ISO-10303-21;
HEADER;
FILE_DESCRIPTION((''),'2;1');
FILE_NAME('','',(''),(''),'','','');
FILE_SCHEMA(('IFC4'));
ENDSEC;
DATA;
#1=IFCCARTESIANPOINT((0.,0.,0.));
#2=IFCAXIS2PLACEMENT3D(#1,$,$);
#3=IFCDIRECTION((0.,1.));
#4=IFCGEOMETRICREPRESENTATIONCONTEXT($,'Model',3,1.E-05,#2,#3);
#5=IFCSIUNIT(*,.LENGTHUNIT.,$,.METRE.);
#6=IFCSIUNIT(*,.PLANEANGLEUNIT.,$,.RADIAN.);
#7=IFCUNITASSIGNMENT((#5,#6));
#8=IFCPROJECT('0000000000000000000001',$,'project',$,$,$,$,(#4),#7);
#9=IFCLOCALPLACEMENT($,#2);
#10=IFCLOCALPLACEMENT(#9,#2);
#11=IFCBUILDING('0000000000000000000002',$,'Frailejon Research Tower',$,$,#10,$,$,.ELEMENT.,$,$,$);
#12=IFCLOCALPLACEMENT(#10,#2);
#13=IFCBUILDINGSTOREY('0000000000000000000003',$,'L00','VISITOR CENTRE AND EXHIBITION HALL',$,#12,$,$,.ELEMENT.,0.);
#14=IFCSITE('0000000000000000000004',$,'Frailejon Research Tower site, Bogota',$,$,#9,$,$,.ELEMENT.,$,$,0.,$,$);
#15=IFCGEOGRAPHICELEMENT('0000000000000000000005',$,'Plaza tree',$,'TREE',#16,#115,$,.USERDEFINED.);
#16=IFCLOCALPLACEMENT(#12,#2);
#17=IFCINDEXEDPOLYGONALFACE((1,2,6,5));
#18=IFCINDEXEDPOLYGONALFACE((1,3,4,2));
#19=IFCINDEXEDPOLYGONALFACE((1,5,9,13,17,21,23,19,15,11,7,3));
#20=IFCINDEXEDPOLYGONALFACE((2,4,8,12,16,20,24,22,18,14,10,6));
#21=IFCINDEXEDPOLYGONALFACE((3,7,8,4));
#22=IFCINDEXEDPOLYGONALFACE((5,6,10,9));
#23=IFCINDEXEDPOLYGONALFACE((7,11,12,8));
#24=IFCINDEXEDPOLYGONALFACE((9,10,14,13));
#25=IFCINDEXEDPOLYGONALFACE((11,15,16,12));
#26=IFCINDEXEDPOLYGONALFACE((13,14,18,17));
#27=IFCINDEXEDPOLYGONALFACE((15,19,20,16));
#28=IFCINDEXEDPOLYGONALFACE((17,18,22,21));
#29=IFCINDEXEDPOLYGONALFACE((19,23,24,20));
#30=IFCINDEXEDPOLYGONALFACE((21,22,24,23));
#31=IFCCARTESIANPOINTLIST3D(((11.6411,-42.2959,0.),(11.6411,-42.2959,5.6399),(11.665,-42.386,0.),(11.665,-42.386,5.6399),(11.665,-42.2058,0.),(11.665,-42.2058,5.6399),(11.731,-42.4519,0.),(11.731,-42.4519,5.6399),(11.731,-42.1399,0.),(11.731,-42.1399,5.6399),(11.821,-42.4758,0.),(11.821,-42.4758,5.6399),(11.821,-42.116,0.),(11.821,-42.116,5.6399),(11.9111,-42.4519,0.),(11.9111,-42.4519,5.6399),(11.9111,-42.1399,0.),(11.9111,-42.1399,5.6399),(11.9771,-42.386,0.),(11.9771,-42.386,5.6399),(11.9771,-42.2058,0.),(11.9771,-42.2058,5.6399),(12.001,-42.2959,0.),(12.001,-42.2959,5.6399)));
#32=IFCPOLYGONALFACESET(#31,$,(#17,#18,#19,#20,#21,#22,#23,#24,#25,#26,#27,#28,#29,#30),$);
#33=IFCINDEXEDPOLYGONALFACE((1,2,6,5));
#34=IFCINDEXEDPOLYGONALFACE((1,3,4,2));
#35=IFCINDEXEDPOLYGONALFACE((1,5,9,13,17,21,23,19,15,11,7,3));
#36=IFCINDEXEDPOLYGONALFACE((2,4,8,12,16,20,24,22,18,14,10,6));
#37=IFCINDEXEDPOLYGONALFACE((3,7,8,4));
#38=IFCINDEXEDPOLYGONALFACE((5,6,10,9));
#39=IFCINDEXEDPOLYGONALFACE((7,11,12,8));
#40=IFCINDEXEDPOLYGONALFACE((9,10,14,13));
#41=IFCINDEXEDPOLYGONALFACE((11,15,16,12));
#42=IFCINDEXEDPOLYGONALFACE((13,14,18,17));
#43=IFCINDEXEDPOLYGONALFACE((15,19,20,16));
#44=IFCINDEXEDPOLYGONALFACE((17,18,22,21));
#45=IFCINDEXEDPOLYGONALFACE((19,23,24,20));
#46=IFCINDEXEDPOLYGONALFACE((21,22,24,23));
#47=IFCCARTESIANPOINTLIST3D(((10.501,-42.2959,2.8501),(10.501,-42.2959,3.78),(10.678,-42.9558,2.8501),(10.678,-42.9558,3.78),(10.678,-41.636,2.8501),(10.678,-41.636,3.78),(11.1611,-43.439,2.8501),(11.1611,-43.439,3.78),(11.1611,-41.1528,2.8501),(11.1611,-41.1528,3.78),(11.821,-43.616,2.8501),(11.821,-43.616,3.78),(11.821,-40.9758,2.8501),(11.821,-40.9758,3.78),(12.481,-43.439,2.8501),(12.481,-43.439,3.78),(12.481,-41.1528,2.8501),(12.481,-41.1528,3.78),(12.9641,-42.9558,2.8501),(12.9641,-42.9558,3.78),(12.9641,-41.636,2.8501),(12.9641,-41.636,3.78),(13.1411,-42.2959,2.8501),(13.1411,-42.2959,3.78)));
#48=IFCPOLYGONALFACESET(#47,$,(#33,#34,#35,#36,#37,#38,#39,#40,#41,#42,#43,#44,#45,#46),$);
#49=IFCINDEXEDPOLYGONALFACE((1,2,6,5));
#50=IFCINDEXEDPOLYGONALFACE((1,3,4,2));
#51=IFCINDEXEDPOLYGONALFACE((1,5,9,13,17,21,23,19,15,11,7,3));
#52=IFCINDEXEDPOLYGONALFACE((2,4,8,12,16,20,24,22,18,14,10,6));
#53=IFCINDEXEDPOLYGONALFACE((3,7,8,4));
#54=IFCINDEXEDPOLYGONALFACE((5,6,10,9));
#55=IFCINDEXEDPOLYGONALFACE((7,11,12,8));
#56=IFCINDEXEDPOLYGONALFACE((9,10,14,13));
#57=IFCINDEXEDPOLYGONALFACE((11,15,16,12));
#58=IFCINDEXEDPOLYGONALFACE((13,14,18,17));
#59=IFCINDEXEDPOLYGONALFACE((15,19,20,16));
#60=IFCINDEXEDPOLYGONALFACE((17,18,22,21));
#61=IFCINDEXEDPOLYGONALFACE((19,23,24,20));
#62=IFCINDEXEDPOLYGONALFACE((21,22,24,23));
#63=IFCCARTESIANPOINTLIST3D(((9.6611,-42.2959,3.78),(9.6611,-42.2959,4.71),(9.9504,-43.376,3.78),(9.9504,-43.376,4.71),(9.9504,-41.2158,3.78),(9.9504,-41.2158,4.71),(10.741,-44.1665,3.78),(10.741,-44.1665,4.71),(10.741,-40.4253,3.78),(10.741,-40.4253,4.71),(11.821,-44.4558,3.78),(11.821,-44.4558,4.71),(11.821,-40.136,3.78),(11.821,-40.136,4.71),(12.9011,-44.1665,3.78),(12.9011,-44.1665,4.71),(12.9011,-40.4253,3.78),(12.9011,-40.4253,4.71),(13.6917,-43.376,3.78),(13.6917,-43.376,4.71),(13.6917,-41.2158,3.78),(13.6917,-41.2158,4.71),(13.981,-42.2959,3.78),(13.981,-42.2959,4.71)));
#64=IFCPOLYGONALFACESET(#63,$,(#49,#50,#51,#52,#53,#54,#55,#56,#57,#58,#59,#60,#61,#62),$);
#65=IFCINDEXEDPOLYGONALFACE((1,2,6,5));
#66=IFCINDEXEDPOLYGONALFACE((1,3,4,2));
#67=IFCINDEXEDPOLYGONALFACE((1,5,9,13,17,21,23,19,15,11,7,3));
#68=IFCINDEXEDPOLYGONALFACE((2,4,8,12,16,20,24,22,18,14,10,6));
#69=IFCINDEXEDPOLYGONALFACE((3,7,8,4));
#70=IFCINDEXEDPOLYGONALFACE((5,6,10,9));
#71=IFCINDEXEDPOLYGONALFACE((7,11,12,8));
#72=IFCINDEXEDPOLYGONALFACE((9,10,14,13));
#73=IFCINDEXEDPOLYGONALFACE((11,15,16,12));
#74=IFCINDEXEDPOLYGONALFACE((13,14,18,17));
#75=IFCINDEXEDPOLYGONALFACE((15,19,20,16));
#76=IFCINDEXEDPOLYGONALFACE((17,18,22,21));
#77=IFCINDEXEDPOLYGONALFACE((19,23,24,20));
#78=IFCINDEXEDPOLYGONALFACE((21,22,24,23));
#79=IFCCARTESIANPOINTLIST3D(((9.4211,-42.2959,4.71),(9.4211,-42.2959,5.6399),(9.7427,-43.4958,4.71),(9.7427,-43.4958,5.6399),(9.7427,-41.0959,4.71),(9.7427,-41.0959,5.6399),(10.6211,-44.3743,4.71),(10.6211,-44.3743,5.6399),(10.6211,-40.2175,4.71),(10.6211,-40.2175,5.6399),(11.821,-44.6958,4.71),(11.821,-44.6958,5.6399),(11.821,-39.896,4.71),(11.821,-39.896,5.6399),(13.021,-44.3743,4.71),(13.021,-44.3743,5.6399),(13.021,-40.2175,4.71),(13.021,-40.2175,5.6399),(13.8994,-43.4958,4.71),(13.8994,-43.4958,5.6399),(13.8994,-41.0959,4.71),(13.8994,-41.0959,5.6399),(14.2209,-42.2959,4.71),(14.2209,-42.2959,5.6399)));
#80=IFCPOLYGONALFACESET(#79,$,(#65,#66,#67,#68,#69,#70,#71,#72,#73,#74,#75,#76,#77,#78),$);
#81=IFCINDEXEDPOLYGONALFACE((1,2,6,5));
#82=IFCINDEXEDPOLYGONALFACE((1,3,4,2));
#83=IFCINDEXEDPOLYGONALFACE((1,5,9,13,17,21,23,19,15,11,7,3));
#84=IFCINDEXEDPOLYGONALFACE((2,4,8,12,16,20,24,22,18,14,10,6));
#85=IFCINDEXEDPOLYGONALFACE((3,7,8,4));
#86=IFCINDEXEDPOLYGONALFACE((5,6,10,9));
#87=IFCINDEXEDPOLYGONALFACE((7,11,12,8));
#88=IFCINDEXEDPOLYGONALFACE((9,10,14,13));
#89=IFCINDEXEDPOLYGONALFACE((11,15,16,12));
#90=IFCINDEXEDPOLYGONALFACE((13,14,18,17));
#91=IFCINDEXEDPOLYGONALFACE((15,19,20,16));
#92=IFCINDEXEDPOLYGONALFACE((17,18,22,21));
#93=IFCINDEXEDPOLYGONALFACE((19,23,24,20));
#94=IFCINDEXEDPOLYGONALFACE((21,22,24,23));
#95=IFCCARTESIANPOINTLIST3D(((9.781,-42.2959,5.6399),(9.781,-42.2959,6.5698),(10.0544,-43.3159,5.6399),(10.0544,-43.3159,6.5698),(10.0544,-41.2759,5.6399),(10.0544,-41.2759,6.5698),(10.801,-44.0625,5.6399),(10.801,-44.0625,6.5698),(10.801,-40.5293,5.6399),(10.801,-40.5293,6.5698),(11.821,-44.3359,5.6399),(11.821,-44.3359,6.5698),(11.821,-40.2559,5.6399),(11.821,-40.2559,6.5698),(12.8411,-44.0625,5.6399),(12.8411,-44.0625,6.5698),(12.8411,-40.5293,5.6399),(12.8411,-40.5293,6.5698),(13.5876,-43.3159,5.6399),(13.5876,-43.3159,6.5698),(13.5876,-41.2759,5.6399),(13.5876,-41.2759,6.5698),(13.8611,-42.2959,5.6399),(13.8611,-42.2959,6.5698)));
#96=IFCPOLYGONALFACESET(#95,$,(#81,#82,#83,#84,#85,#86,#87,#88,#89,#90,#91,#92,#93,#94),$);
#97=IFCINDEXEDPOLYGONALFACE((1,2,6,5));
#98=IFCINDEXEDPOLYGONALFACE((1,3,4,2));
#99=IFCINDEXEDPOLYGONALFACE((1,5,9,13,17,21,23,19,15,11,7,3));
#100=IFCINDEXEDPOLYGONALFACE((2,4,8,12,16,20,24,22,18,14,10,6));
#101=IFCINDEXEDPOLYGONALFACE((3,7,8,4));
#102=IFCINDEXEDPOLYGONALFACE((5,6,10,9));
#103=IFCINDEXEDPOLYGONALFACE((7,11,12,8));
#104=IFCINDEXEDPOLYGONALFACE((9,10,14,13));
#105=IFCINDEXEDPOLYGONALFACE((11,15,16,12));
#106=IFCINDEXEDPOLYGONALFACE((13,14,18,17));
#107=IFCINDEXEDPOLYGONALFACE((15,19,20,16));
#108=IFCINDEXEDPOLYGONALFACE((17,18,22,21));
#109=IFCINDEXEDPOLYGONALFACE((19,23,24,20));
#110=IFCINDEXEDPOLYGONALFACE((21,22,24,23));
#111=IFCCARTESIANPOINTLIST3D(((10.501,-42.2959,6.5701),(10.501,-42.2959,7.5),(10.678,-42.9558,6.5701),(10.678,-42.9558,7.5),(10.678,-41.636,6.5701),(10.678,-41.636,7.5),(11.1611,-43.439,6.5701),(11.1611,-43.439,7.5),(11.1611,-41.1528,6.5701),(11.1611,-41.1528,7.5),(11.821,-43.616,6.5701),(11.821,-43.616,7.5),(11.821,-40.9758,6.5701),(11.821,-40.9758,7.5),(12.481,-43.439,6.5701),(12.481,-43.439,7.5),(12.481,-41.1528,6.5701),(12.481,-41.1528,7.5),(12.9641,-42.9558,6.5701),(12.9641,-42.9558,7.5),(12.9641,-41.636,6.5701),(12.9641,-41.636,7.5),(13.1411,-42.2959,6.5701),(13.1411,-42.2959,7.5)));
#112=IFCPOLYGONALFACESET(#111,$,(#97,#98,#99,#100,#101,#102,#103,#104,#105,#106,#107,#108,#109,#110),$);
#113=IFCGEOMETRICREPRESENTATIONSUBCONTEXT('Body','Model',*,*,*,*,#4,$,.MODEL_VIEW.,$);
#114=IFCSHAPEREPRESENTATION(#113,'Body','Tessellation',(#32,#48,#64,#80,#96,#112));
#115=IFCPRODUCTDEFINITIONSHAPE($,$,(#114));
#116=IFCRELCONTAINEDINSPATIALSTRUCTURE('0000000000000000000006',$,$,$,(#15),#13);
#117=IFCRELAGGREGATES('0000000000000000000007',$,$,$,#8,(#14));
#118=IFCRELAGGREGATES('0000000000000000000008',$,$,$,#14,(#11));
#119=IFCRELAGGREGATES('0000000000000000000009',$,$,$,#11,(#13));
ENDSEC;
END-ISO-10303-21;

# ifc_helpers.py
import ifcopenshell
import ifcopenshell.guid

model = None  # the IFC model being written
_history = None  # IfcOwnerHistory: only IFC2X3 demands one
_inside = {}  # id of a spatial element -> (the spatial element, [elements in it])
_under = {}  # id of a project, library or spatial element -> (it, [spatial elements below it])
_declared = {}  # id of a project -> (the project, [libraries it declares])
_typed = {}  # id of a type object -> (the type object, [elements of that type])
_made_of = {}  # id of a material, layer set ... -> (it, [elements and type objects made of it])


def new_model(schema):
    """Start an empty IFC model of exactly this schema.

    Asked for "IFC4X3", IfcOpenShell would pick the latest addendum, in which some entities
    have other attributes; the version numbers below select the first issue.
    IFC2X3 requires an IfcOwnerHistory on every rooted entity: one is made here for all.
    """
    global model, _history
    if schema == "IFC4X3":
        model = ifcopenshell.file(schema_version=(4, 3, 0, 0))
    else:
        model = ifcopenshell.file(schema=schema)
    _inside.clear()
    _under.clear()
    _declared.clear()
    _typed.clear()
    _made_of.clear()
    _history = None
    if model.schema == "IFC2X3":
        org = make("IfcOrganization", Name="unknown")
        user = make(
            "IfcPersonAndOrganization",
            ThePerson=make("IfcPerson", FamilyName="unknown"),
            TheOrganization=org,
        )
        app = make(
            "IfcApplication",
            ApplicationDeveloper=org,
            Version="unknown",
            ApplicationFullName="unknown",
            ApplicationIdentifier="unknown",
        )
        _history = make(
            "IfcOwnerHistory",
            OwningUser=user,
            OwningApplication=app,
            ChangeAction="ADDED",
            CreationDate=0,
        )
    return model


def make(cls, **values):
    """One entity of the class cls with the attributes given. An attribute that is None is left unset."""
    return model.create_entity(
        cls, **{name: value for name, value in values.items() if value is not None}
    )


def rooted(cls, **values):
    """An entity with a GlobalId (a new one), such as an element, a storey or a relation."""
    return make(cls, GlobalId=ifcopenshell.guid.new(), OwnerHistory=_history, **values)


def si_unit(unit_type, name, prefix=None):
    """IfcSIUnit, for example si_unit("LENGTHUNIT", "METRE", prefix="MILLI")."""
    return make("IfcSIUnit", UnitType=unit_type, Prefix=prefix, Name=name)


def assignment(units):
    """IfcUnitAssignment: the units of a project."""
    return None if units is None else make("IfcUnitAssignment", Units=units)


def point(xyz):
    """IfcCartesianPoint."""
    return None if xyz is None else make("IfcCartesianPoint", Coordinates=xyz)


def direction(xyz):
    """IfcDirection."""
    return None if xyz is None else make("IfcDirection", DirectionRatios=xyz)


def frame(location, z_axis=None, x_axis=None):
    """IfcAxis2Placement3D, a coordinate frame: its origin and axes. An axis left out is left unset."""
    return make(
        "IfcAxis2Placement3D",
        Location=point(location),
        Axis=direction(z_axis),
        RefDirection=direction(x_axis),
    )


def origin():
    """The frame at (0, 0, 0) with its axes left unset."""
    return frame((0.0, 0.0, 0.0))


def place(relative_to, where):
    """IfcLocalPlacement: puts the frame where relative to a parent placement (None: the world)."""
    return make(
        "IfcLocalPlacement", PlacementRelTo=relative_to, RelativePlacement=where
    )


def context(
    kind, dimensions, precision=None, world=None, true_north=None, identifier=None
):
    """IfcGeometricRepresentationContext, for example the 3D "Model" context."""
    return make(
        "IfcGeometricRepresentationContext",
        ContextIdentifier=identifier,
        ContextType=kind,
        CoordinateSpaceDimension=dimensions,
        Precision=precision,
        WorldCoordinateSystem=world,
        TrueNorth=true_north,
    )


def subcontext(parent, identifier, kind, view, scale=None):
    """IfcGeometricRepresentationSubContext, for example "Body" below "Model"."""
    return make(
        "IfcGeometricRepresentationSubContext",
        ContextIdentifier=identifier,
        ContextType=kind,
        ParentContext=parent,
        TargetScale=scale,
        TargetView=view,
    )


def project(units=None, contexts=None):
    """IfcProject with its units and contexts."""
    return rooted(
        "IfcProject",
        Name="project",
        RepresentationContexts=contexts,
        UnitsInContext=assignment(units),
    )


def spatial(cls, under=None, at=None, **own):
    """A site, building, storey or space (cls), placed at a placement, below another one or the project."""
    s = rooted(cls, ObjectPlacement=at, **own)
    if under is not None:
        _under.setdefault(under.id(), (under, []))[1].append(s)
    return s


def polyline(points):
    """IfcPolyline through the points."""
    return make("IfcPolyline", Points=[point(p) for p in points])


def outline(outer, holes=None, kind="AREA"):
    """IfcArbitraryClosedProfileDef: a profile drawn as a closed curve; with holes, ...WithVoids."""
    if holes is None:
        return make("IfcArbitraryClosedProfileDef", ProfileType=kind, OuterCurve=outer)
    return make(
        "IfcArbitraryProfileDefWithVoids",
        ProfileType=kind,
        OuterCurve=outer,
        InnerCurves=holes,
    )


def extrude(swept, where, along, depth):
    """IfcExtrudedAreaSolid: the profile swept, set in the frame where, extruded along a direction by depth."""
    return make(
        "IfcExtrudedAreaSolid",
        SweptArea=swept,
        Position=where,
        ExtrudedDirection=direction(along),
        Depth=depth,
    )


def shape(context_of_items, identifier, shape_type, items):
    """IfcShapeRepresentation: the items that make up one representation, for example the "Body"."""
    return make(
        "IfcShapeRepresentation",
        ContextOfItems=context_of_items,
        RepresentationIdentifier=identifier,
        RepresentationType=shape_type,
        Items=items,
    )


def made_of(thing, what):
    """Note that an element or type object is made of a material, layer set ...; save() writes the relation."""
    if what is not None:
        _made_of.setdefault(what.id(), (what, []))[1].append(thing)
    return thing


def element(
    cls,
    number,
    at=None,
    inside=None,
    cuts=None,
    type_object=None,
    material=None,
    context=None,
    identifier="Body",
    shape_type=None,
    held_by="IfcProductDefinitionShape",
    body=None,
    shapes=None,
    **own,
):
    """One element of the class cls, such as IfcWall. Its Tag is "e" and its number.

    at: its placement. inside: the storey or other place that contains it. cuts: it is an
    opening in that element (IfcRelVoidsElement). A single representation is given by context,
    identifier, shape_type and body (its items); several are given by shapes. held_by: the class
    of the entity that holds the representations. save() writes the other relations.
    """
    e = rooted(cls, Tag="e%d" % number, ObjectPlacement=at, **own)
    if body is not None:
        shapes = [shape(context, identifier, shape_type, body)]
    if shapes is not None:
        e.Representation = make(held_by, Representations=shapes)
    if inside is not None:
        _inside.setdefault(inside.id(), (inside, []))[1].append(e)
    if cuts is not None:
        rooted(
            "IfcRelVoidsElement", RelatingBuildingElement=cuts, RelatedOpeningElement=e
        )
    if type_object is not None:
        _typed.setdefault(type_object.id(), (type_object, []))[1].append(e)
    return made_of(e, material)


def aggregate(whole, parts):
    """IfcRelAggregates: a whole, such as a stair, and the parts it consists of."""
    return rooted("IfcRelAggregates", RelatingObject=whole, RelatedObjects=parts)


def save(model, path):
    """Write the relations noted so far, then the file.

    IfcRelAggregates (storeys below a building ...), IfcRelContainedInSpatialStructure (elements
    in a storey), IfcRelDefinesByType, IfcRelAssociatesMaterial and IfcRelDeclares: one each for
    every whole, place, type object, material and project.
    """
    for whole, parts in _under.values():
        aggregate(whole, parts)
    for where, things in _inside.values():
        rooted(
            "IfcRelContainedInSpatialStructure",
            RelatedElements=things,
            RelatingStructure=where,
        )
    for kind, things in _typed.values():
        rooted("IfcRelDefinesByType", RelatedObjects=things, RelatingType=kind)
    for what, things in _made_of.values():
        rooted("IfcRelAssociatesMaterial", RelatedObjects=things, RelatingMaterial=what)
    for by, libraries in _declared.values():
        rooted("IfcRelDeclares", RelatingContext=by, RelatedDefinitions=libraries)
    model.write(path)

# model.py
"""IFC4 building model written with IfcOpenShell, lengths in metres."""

from ifc_helpers import new_model, si_unit, direction, frame, origin, place, context, subcontext, project, spatial, polyline, outline, extrude, element, save


model = new_model("IFC4")

# Units and contexts
model_context = context("Model", 3, precision=1e-05, world=origin(), true_north=direction((0.0, 1.0)))
body_context = subcontext(model_context, "Body", "Model", "MODEL_VIEW")
ifc_project = project(units=[si_unit("LENGTHUNIT", "METRE"), si_unit("PLANEANGLEUNIT", "RADIAN")], contexts=[model_context])

# Site, building, storey
site_placement = place(None, origin())
site = spatial("IfcSite", under=ifc_project, at=site_placement, Name="Frailejon Research Tower site, Bogota", CompositionType="ELEMENT", RefElevation=0.0)
building_placement = place(site_placement, origin())
building = spatial("IfcBuilding", under=site, at=building_placement, Name="Frailejon Research Tower", CompositionType="ELEMENT")
storey_placement = place(building_placement, origin())
storey = spatial("IfcBuildingStorey", under=building, at=storey_placement, Name="L00", Description="VISITOR CENTRE AND EXHIBITION HALL", CompositionType="ELEMENT", Elevation=0.0)

# Geographic element
geographic_element_1_placement = place(storey_placement, frame((11.821, -42.2959, 0.0)))
element("IfcGeographicElement", 1, at=geographic_element_1_placement, inside=storey, Name="Plaza tree", ObjectType="TREE", PredefinedType="USERDEFINED", context=body_context, shape_type="SweptSolid", body=[
    extrude(outline(polyline([(0.1799, 0.0), (0.156, 0.0901), (0.0901, 0.156), (0.0, 0.1799), (-0.0901, 0.156), (-0.156, 0.0901), (-0.1799, 0.0), (-0.156, -0.0901), (-0.0901, -0.156), (0.0, -0.1799), (0.0901, -0.156), (0.156, -0.0901), (0.1799, 0.0)])), origin(), (0.0, 0.0, 1.0), 5.6399),
    extrude(outline(polyline([(1.3201, 0.0), (1.1431, 0.6599), (0.6599, 1.1431), (0.0, 1.3201), (-0.6599, 1.1431), (-1.1431, 0.6599), (-1.3201, 0.0), (-1.1431, -0.6599), (-0.6599, -1.1431), (0.0, -1.3201), (0.6599, -1.1431), (1.1431, -0.6599), (1.3201, 0.0)])), frame((0.0, 0.0, 2.8501)), (0.0, 0.0, 1.0), 0.9299),
    extrude(outline(polyline([(2.1599, 0.0), (1.8706, 1.0801), (1.0801, 1.8706), (0.0, 2.1599), (-1.0801, 1.8706), (-1.8706, 1.0801), (-2.1599, 0.0), (-1.8706, -1.0801), (-1.0801, -1.8706), (0.0, -2.1599), (1.0801, -1.8706), (1.8706, -1.0801), (2.1599, 0.0)])), frame((0.0, 0.0, 3.78)), (0.0, 0.0, 1.0), 0.9299),
    extrude(outline(polyline([(2.3999, 0.0), (2.0784, 1.2), (1.2, 2.0784), (0.0, 2.3999), (-1.2, 2.0784), (-2.0784, 1.2), (-2.3999, 0.0), (-2.0784, -1.2), (-1.2, -2.0784), (0.0, -2.3999), (1.2, -2.0784), (2.0784, -1.2), (2.3999, 0.0)])), frame((0.0, 0.0, 4.71)), (0.0, 0.0, 1.0), 0.9299),
    extrude(outline(polyline([(2.04, 0.0), (1.7666, 1.02), (1.02, 1.7666), (0.0, 2.04), (-1.02, 1.7666), (-1.7666, 1.02), (-2.04, 0.0), (-1.7666, -1.02), (-1.02, -1.7666), (0.0, -2.04), (1.02, -1.7666), (1.7666, -1.02), (2.04, 0.0)])), frame((0.0, 0.0, 5.6399)), (0.0, 0.0, 1.0), 0.9299),
    extrude(outline(polyline([(1.3201, 0.0), (1.1431, 0.6599), (0.6599, 1.1431), (0.0, 1.3201), (-0.6599, 1.1431), (-1.1431, 0.6599), (-1.3201, 0.0), (-1.1431, -0.6599), (-0.6599, -1.1431), (0.0, -1.3201), (0.6599, -1.1431), (1.1431, -0.6599), (1.3201, 0.0)])), frame((0.0, 0.0, 6.5701)), (0.0, 0.0, 1.0), 0.9299),
])

save(model, "model.ifc")
